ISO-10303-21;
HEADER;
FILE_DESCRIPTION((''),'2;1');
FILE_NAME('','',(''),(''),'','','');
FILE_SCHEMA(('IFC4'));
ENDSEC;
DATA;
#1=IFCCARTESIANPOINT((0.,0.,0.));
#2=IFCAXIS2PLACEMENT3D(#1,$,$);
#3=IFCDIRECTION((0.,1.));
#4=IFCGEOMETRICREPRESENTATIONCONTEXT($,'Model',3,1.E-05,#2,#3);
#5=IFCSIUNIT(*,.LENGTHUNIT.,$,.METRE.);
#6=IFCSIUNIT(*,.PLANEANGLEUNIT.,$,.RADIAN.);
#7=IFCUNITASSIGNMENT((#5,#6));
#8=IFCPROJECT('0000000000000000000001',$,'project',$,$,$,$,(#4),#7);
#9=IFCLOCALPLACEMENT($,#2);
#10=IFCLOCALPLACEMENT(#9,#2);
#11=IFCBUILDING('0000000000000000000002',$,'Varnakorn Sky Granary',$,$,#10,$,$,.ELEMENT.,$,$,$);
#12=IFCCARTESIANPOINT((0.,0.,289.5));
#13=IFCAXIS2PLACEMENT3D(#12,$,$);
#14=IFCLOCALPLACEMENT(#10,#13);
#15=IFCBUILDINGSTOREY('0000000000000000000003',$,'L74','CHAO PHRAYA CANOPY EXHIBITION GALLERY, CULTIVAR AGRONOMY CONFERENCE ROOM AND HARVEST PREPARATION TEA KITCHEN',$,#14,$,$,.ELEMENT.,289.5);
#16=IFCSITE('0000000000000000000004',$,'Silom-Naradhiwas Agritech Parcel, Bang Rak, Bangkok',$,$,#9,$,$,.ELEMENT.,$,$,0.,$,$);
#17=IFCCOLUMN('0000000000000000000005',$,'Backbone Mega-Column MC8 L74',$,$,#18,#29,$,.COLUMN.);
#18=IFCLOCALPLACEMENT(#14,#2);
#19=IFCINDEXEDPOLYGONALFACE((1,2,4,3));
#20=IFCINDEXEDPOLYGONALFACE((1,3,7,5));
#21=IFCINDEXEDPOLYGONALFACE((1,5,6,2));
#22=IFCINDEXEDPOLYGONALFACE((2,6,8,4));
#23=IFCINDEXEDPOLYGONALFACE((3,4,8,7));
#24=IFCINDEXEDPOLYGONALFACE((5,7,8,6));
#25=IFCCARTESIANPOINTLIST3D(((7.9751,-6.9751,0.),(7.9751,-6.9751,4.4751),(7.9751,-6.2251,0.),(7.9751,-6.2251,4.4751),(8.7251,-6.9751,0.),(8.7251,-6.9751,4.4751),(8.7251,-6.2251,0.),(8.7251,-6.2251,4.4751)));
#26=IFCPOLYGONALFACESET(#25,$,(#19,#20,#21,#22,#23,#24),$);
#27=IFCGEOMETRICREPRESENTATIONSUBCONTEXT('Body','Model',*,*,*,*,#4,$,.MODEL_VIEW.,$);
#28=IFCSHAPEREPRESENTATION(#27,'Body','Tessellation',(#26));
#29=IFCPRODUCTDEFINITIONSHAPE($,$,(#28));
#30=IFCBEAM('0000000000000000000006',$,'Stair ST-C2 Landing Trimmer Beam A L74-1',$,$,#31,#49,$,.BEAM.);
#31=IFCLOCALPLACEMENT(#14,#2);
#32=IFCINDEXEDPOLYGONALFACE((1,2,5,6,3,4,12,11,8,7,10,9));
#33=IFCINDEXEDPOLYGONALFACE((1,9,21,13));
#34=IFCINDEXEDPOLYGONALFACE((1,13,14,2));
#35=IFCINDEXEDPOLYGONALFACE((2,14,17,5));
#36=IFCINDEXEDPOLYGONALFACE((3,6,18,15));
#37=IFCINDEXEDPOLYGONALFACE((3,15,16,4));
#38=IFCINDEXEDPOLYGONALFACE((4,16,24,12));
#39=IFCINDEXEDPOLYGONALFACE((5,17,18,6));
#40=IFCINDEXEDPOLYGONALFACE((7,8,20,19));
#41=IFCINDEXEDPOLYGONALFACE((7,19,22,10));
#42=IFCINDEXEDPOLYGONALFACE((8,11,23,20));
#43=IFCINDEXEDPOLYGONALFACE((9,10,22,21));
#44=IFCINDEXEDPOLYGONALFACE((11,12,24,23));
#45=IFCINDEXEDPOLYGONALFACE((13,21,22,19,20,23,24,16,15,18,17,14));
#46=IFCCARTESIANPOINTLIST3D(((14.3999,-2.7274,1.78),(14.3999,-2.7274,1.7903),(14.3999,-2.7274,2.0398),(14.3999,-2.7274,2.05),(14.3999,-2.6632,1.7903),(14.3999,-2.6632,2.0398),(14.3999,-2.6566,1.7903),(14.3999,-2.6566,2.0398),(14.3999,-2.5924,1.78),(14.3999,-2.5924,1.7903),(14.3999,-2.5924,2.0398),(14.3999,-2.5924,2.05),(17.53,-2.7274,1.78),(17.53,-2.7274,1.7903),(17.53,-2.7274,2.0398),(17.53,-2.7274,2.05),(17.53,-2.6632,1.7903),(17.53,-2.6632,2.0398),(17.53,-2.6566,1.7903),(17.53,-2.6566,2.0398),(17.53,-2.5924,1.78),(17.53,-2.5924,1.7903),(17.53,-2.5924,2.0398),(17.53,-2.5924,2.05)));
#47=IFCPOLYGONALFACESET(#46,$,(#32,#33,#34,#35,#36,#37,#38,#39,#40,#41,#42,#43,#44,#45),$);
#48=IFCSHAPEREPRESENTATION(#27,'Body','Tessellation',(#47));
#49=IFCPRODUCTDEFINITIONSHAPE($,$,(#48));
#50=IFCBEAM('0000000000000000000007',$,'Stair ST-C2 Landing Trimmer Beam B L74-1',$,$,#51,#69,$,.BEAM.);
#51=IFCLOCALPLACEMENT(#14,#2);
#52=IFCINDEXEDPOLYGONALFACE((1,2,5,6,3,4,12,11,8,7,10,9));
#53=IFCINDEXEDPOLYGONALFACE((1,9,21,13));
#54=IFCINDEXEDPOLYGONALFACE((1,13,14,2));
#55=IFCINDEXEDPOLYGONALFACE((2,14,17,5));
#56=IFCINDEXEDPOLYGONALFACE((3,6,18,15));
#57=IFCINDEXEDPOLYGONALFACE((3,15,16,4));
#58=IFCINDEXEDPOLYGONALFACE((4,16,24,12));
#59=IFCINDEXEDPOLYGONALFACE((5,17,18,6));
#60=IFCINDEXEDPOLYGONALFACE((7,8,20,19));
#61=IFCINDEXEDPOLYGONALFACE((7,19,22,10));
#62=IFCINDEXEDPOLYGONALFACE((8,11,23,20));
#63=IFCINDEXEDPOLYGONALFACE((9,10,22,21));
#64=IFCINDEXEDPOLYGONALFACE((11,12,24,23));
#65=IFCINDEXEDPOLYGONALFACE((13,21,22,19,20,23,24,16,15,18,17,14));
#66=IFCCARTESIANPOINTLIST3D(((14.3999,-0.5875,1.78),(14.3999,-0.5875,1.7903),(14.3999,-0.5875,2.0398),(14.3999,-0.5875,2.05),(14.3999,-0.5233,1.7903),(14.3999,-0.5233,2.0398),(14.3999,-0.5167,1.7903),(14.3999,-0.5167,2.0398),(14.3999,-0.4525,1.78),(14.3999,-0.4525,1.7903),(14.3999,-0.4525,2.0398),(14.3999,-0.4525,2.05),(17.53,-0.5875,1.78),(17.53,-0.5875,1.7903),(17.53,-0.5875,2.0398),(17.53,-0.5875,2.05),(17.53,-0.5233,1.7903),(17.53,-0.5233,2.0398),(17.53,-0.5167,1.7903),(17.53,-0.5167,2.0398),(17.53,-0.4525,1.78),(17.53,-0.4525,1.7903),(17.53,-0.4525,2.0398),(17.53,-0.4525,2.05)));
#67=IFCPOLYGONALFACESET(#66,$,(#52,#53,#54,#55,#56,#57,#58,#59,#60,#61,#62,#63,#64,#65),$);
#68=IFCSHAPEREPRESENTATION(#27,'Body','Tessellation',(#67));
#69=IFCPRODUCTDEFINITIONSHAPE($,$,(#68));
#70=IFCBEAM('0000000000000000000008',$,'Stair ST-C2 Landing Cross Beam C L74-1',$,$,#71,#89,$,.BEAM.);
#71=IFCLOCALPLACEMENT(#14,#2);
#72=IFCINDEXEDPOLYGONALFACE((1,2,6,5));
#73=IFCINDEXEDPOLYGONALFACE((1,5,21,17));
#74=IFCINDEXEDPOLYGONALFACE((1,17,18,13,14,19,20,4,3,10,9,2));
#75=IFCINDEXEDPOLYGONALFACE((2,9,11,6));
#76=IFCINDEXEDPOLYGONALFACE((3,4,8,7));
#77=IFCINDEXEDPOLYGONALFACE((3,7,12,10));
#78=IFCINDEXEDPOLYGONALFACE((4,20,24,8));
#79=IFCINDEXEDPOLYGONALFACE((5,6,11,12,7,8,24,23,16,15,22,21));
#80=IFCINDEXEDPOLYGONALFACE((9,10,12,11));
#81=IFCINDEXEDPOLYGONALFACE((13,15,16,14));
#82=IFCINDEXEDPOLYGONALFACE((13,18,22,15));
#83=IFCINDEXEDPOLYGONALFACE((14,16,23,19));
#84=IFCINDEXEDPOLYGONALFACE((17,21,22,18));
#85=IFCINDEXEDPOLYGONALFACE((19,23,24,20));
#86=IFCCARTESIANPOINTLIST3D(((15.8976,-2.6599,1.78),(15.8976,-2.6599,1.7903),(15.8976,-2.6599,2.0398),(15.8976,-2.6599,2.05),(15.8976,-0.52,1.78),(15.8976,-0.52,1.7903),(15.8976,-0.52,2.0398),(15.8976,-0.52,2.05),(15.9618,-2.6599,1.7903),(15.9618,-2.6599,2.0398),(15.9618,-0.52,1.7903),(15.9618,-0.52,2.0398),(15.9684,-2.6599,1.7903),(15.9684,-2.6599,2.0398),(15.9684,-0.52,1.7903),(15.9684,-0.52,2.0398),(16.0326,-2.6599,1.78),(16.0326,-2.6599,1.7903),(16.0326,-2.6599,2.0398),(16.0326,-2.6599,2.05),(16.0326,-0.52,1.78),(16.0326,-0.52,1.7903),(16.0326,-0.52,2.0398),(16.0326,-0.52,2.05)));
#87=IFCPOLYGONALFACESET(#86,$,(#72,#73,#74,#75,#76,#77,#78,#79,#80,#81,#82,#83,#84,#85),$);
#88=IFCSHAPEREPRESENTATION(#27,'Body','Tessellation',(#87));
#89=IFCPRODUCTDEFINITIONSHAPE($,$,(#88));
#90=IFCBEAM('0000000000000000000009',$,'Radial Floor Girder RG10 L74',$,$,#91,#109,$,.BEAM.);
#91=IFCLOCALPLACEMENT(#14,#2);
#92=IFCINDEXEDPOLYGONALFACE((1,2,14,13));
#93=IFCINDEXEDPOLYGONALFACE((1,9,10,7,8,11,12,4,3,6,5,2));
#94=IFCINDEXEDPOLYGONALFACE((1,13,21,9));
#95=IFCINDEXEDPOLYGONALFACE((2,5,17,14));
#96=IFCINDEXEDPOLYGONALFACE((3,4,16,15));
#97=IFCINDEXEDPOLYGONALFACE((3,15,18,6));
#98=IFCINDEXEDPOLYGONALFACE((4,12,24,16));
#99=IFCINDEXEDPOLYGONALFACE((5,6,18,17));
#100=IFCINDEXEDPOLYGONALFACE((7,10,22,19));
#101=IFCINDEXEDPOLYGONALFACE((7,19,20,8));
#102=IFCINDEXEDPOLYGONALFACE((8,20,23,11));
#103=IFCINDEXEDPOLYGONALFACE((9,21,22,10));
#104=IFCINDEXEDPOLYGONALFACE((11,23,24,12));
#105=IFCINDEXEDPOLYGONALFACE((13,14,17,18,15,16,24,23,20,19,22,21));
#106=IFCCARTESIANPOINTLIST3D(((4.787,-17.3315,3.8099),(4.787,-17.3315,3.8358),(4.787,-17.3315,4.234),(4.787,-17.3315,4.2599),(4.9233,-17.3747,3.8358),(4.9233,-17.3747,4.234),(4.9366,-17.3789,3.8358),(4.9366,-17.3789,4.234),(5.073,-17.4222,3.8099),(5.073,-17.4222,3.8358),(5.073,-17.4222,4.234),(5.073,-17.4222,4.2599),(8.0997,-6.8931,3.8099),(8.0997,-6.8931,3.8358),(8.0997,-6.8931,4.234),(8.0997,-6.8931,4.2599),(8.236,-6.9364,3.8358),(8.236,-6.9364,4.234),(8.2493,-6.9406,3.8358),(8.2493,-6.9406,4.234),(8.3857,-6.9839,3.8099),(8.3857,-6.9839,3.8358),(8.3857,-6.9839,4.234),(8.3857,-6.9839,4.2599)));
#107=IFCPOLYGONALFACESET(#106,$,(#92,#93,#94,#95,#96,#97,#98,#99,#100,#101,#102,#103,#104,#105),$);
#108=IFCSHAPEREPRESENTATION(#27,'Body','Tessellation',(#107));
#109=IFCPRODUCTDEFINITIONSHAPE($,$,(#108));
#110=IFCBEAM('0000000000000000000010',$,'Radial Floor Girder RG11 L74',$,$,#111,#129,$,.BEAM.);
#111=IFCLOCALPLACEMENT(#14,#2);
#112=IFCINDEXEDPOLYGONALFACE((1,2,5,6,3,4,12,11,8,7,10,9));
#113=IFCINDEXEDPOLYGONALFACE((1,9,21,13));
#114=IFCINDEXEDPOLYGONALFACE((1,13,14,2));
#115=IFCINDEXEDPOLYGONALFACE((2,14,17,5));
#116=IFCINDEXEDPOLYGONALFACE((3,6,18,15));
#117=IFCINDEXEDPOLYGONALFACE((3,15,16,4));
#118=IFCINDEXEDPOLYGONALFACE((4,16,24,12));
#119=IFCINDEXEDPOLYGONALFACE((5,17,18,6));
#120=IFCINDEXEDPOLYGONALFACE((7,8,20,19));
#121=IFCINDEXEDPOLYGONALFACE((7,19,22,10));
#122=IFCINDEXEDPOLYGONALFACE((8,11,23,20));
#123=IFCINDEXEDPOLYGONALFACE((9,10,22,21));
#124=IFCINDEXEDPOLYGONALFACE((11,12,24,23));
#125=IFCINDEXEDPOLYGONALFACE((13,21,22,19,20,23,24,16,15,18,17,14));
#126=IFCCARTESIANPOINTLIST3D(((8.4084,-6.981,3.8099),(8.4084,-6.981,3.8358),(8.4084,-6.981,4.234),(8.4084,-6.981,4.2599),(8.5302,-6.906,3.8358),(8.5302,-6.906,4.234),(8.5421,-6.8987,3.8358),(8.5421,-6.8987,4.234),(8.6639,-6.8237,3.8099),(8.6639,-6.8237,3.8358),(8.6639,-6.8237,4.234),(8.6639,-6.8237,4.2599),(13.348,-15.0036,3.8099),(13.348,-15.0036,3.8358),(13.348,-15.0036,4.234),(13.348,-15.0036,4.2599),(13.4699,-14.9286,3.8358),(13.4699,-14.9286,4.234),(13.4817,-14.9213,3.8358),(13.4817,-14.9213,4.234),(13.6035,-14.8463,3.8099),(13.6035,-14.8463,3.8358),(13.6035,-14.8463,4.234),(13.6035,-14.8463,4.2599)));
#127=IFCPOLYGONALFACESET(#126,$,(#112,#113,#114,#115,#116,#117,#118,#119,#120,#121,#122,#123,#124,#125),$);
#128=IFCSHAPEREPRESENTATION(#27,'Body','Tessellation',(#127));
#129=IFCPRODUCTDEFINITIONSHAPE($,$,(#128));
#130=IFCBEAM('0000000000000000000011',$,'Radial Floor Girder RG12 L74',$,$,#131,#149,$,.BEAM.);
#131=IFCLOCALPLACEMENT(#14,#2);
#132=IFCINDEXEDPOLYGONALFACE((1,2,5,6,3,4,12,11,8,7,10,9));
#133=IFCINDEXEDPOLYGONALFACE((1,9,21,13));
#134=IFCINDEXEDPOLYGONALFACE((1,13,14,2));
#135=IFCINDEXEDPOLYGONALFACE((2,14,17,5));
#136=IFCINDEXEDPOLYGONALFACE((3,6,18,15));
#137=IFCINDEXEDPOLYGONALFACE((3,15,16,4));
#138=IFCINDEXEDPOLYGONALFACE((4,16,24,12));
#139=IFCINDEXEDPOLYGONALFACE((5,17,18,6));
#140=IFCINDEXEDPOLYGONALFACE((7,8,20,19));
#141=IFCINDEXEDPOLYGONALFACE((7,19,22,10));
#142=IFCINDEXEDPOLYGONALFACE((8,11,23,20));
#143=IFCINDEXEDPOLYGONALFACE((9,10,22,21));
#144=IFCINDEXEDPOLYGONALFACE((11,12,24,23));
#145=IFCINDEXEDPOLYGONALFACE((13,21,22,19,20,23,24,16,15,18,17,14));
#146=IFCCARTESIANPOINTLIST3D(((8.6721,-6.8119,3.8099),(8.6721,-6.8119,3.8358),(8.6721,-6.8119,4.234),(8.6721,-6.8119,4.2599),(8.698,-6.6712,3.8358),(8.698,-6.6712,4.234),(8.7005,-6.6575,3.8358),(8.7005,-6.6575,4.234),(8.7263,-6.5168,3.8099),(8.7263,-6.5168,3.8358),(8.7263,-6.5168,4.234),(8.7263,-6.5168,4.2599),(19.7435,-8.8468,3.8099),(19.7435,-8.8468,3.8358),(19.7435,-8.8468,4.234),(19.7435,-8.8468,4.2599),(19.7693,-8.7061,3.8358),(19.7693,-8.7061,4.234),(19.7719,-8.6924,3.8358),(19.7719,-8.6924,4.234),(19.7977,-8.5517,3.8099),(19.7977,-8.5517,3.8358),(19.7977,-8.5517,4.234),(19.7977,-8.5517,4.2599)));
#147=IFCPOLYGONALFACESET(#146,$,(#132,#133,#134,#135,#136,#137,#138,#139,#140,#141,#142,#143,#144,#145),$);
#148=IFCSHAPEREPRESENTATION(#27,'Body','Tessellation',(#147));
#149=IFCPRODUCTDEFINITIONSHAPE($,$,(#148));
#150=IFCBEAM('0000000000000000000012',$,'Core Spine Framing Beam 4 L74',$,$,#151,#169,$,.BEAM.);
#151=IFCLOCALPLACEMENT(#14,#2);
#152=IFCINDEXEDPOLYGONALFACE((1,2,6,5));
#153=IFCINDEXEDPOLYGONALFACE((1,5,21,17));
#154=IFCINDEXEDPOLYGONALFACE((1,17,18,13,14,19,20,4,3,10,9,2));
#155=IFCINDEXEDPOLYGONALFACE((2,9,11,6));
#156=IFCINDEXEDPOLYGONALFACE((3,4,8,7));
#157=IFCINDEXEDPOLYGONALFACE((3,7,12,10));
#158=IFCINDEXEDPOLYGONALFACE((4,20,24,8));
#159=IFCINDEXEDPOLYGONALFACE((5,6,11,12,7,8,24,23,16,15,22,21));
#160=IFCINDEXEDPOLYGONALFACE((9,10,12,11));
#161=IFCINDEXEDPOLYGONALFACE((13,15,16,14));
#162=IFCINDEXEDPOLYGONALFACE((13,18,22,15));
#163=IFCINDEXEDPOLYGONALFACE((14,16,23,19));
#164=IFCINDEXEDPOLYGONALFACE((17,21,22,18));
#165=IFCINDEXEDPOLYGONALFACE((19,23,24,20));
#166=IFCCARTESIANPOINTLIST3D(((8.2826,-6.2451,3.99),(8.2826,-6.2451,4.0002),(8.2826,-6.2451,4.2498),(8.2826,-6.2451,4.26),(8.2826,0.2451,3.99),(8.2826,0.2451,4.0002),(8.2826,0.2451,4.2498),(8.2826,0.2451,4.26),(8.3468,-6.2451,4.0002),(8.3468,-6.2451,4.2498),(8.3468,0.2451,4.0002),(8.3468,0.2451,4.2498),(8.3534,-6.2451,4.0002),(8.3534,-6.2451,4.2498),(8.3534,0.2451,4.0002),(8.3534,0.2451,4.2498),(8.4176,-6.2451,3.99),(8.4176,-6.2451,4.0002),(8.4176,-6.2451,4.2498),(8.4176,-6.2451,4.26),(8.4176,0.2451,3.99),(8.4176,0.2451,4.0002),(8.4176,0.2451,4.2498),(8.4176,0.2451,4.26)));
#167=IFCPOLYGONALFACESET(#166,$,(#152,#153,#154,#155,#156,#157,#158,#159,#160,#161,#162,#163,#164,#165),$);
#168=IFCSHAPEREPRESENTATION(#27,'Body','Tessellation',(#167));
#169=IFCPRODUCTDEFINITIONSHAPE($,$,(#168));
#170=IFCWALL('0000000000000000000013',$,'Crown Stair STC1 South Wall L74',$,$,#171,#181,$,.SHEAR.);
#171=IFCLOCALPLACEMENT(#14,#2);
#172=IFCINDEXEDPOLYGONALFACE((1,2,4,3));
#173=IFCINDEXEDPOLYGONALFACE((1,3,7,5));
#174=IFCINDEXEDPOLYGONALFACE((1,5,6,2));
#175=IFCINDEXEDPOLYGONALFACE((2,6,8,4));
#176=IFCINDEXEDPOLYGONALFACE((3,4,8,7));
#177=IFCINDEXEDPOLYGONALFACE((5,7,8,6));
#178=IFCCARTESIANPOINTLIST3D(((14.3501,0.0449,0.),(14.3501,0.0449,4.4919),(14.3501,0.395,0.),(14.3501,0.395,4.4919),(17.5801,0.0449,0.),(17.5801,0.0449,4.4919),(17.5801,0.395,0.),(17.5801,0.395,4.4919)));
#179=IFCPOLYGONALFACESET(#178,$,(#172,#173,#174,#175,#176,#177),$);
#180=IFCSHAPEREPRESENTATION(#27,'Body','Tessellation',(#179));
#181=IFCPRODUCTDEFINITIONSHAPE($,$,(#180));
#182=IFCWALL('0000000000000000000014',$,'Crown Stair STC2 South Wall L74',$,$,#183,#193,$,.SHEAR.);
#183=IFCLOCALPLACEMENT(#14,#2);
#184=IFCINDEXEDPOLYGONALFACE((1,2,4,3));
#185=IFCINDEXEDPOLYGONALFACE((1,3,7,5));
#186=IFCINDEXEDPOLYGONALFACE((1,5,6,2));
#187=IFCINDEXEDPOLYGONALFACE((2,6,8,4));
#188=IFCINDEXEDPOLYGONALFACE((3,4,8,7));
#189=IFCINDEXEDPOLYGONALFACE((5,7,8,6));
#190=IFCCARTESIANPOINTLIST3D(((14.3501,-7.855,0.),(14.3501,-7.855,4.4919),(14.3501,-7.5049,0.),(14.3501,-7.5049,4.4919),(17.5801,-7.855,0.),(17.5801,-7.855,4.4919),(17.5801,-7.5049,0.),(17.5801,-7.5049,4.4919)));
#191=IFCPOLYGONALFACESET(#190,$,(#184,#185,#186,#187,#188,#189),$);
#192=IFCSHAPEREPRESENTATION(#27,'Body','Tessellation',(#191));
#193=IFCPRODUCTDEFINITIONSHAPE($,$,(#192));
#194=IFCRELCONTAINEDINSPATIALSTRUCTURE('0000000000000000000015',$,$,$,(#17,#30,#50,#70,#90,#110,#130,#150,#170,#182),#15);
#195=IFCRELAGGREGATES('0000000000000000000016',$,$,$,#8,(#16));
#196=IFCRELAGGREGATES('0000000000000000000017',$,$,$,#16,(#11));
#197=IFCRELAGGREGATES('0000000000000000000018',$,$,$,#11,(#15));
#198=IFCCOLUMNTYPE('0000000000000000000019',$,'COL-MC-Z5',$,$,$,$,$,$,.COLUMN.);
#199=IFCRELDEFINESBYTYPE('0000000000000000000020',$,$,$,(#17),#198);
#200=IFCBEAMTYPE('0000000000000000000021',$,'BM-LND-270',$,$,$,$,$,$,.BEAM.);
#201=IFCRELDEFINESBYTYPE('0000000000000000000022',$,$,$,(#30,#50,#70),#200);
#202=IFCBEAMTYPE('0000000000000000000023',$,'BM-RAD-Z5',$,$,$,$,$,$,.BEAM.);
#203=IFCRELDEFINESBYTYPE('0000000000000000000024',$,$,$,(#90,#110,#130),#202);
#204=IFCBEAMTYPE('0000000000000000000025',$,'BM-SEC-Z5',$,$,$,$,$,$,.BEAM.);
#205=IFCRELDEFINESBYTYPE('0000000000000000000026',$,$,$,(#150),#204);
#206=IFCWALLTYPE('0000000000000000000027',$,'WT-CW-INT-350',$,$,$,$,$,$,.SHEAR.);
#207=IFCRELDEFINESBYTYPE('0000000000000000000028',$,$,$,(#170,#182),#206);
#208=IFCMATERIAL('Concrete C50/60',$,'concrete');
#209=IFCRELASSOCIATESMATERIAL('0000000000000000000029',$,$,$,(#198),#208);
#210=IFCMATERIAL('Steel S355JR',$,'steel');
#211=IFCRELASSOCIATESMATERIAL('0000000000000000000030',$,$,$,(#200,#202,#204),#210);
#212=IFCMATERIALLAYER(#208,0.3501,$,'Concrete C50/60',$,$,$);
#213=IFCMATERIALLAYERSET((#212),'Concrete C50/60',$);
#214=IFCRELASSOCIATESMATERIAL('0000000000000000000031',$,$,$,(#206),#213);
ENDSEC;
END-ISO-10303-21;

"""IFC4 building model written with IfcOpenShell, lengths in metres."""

from ifc_helpers import new_model, si_unit, direction, frame, frame_2d, origin, origin_2d, place, context, subcontext, project, spatial, rectangle, i_section, extrude, material, layer, layer_set, material_profile, profile_set, type_object, element, save


model = new_model("IFC4")

# Units and contexts
model_context = context("Model", 3, precision=1e-05, world=origin(), true_north=direction((0.0, 1.0)))
body_context = subcontext(model_context, "Body", "Model", "MODEL_VIEW")
ifc_project = project(units=[si_unit("LENGTHUNIT", "METRE"), si_unit("PLANEANGLEUNIT", "RADIAN")], contexts=[model_context])

# Site, building, storey
site_placement = place(None, origin())
site = spatial("IfcSite", under=ifc_project, at=site_placement, Name="Silom-Naradhiwas Agritech Parcel, Bang Rak, Bangkok", CompositionType="ELEMENT", RefElevation=0.0)
building_placement = place(site_placement, origin())
building = spatial("IfcBuilding", under=site, at=building_placement, Name="Varnakorn Sky Granary", CompositionType="ELEMENT")
storey_placement = place(building_placement, frame((0.0, 0.0, 289.5)))
storey = spatial("IfcBuildingStorey", under=building, at=storey_placement, Name="L74", Description="CHAO PHRAYA CANOPY EXHIBITION GALLERY, CULTIVAR AGRONOMY CONFERENCE ROOM AND HARVEST PREPARATION TEA KITCHEN", CompositionType="ELEMENT", Elevation=289.5)

# Column
ifc_material_1 = material(Name="Concrete C50/60", Category="concrete")
ifc_material_profile_1 = material_profile(ifc_material_1, rectangle(XDim=0.75, YDim=0.75, at=origin_2d()), Name="RC 750x750")
ifc_profile_set_1 = profile_set([ifc_material_profile_1], Name="Concrete C50/60")
column_type = type_object("IfcColumnType", Name="COL-MC-Z5", PredefinedType="COLUMN", material=ifc_profile_set_1)
column_placement = place(storey_placement, frame((8.3501, -6.6001, 0.0), z_axis=(0.0, 0.0, 1.0), x_axis=(1.0, 0.0, 0.0)))
element("IfcColumn", 1, at=column_placement, inside=storey, type_object=column_type, Name="Backbone Mega-Column MC8 L74", PredefinedType="COLUMN", context=body_context, shape_type="SweptSolid", body=[
    extrude(rectangle(XDim=0.75, YDim=0.75, at=origin_2d()), origin(), (0.0, 0.0, 1.0), 4.4751),
])

# Beams
ifc_material_2 = material(Name="Steel S355JR", Category="steel")
ifc_material_profile_2 = material_profile(ifc_material_2, i_section(OverallWidth=0.135, OverallDepth=0.27, WebThickness=0.0066, FlangeThickness=0.0103, at=origin_2d()), Name="IPE 270")
ifc_profile_set_2 = profile_set([ifc_material_profile_2], Name="Steel S355JR")
beam_type_1 = type_object("IfcBeamType", Name="BM-LND-270", PredefinedType="BEAM", material=ifc_profile_set_2)
for number, where, z_axis, x_axis, name in (
    (2, (14.3999, -2.6599, 1.915), (1.0, 0.0, 0.0), (0.0, 1.0, 0.0), "Stair ST-C2 Landing Trimmer Beam A L74-1"),
    (3, (14.3999, -0.52, 1.915), (1.0, 0.0, 0.0), (0.0, 1.0, 0.0), "Stair ST-C2 Landing Trimmer Beam B L74-1"),
):
    element("IfcBeam", number, at=place(storey_placement, frame(where, z_axis=z_axis, x_axis=x_axis)), inside=storey, type_object=beam_type_1, Name=name, PredefinedType="BEAM", context=body_context, shape_type="SweptSolid", body=[
        extrude(i_section(OverallWidth=0.135, OverallDepth=0.27, WebThickness=0.0066, FlangeThickness=0.0103, at=origin_2d()), origin(), (0.0, 0.0, 1.0), 3.1301),
    ])
beam_1_placement = place(storey_placement, frame((15.9651, -2.6599, 1.915), z_axis=(0.0, 1.0, 0.0), x_axis=(-1.0, 0.0, 0.0)))
element("IfcBeam", 4, at=beam_1_placement, inside=storey, type_object=beam_type_1, Name="Stair ST-C2 Landing Cross Beam C L74-1", PredefinedType="BEAM", context=body_context, shape_type="SweptSolid", body=[
    extrude(i_section(OverallWidth=0.135, OverallDepth=0.27, WebThickness=0.0066, FlangeThickness=0.0103, at=origin_2d()), origin(), (0.0, 0.0, 1.0), 2.1399),
])
ifc_material_profile_3 = material_profile(ifc_material_2, i_section(OverallWidth=0.3, OverallDepth=0.45, WebThickness=0.0139, FlangeThickness=0.0259, at=origin_2d()), Name="HE 450 B")
ifc_profile_set_3 = profile_set([ifc_material_profile_3], Name="Steel S355JR")
beam_type_2 = type_object("IfcBeamType", Name="BM-RAD-Z5", PredefinedType="BEAM", material=ifc_profile_set_3)
beam_2_placement = place(storey_placement, frame((8.2427, -6.9385, 4.0349), z_axis=(-0.302491, -0.953152, 0.0), x_axis=(0.953152, -0.302491, 0.0)))
element("IfcBeam", 5, at=beam_2_placement, inside=storey, type_object=beam_type_2, Name="Radial Floor Girder RG10 L74", PredefinedType="BEAM", context=body_context, shape_type="SweptSolid", body=[
    extrude(i_section(OverallWidth=0.3, OverallDepth=0.45, WebThickness=0.0139, FlangeThickness=0.0259, at=origin_2d()), origin(), (0.0, 0.0, 1.0), 10.9514),
])
beam_3_placement = place(storey_placement, frame((8.5361, -6.9023, 4.0349), z_axis=(0.524301, -0.851533, 0.0), x_axis=(0.851533, 0.524301, 0.0)))
element("IfcBeam", 6, at=beam_3_placement, inside=storey, type_object=beam_type_2, Name="Radial Floor Girder RG11 L74", PredefinedType="BEAM", context=body_context, shape_type="SweptSolid", body=[
    extrude(i_section(OverallWidth=0.3, OverallDepth=0.45, WebThickness=0.0139, FlangeThickness=0.0259, at=origin_2d()), origin(), (0.0, 0.0, 1.0), 9.4214),
])
beam_4_placement = place(storey_placement, frame((8.6992, -6.6643, 4.0349), z_axis=(0.983525, -0.180773, 0.0), x_axis=(0.180773, 0.983525, 0.0)))
element("IfcBeam", 7, at=beam_4_placement, inside=storey, type_object=beam_type_2, Name="Radial Floor Girder RG12 L74", PredefinedType="BEAM", context=body_context, shape_type="SweptSolid", body=[
    extrude(i_section(OverallWidth=0.3, OverallDepth=0.45, WebThickness=0.0139, FlangeThickness=0.0259, at=origin_2d()), origin(), (0.0, 0.0, 1.0), 11.2568),
])
ifc_material_profile_4 = material_profile(ifc_material_2, i_section(OverallWidth=0.135, OverallDepth=0.27, WebThickness=0.0066, FlangeThickness=0.0103, at=origin_2d()), Name="IPE 270")
ifc_profile_set_4 = profile_set([ifc_material_profile_4], Name="Steel S355JR")
beam_type_3 = type_object("IfcBeamType", Name="BM-SEC-Z5", PredefinedType="BEAM", material=ifc_profile_set_4)
beam_5_placement = place(storey_placement, frame((8.3501, 0.2451, 4.125), z_axis=(0.0, -1.0, 0.0), x_axis=(1.0, 0.0, 0.0)))
element("IfcBeam", 8, at=beam_5_placement, inside=storey, type_object=beam_type_3, Name="Core Spine Framing Beam 4 L74", PredefinedType="BEAM", context=body_context, shape_type="SweptSolid", body=[
    extrude(i_section(OverallWidth=0.135, OverallDepth=0.27, WebThickness=0.0066, FlangeThickness=0.0103, at=origin_2d()), origin(), (0.0, 0.0, 1.0), 6.4902),
])

# Walls
ifc_layer_1 = layer(ifc_material_1, 0.3501, Name="Concrete C50/60")
ifc_layer_set_1 = layer_set([ifc_layer_1], Name="Concrete C50/60")
wall_type_1 = type_object("IfcWallType", Name="WT-CW-INT-350", PredefinedType="SHEAR", material=ifc_layer_set_1)
for number, where, z_axis, x_axis, name in (
    (9, (14.3501, 0.22, 0.0), (0.0, 0.0, 1.0), (1.0, 0.0, 0.0), "Crown Stair STC1 South Wall L74"),
    (10, (14.3501, -7.6799, 0.0), (0.0, 0.0, 1.0), (1.0, 0.0, 0.0), "Crown Stair STC2 South Wall L74"),
):
    element("IfcWall", number, at=place(storey_placement, frame(where, z_axis=z_axis, x_axis=x_axis)), inside=storey, type_object=wall_type_1, Name=name, PredefinedType="SHEAR", context=body_context, shape_type="SweptSolid", body=[
        extrude(rectangle(XDim=3.23, YDim=0.3501, at=frame_2d((1.615, 0.0))), origin(), (0.0, 0.0, 1.0), 4.4919),
    ])

save(model, "model.ifc")
